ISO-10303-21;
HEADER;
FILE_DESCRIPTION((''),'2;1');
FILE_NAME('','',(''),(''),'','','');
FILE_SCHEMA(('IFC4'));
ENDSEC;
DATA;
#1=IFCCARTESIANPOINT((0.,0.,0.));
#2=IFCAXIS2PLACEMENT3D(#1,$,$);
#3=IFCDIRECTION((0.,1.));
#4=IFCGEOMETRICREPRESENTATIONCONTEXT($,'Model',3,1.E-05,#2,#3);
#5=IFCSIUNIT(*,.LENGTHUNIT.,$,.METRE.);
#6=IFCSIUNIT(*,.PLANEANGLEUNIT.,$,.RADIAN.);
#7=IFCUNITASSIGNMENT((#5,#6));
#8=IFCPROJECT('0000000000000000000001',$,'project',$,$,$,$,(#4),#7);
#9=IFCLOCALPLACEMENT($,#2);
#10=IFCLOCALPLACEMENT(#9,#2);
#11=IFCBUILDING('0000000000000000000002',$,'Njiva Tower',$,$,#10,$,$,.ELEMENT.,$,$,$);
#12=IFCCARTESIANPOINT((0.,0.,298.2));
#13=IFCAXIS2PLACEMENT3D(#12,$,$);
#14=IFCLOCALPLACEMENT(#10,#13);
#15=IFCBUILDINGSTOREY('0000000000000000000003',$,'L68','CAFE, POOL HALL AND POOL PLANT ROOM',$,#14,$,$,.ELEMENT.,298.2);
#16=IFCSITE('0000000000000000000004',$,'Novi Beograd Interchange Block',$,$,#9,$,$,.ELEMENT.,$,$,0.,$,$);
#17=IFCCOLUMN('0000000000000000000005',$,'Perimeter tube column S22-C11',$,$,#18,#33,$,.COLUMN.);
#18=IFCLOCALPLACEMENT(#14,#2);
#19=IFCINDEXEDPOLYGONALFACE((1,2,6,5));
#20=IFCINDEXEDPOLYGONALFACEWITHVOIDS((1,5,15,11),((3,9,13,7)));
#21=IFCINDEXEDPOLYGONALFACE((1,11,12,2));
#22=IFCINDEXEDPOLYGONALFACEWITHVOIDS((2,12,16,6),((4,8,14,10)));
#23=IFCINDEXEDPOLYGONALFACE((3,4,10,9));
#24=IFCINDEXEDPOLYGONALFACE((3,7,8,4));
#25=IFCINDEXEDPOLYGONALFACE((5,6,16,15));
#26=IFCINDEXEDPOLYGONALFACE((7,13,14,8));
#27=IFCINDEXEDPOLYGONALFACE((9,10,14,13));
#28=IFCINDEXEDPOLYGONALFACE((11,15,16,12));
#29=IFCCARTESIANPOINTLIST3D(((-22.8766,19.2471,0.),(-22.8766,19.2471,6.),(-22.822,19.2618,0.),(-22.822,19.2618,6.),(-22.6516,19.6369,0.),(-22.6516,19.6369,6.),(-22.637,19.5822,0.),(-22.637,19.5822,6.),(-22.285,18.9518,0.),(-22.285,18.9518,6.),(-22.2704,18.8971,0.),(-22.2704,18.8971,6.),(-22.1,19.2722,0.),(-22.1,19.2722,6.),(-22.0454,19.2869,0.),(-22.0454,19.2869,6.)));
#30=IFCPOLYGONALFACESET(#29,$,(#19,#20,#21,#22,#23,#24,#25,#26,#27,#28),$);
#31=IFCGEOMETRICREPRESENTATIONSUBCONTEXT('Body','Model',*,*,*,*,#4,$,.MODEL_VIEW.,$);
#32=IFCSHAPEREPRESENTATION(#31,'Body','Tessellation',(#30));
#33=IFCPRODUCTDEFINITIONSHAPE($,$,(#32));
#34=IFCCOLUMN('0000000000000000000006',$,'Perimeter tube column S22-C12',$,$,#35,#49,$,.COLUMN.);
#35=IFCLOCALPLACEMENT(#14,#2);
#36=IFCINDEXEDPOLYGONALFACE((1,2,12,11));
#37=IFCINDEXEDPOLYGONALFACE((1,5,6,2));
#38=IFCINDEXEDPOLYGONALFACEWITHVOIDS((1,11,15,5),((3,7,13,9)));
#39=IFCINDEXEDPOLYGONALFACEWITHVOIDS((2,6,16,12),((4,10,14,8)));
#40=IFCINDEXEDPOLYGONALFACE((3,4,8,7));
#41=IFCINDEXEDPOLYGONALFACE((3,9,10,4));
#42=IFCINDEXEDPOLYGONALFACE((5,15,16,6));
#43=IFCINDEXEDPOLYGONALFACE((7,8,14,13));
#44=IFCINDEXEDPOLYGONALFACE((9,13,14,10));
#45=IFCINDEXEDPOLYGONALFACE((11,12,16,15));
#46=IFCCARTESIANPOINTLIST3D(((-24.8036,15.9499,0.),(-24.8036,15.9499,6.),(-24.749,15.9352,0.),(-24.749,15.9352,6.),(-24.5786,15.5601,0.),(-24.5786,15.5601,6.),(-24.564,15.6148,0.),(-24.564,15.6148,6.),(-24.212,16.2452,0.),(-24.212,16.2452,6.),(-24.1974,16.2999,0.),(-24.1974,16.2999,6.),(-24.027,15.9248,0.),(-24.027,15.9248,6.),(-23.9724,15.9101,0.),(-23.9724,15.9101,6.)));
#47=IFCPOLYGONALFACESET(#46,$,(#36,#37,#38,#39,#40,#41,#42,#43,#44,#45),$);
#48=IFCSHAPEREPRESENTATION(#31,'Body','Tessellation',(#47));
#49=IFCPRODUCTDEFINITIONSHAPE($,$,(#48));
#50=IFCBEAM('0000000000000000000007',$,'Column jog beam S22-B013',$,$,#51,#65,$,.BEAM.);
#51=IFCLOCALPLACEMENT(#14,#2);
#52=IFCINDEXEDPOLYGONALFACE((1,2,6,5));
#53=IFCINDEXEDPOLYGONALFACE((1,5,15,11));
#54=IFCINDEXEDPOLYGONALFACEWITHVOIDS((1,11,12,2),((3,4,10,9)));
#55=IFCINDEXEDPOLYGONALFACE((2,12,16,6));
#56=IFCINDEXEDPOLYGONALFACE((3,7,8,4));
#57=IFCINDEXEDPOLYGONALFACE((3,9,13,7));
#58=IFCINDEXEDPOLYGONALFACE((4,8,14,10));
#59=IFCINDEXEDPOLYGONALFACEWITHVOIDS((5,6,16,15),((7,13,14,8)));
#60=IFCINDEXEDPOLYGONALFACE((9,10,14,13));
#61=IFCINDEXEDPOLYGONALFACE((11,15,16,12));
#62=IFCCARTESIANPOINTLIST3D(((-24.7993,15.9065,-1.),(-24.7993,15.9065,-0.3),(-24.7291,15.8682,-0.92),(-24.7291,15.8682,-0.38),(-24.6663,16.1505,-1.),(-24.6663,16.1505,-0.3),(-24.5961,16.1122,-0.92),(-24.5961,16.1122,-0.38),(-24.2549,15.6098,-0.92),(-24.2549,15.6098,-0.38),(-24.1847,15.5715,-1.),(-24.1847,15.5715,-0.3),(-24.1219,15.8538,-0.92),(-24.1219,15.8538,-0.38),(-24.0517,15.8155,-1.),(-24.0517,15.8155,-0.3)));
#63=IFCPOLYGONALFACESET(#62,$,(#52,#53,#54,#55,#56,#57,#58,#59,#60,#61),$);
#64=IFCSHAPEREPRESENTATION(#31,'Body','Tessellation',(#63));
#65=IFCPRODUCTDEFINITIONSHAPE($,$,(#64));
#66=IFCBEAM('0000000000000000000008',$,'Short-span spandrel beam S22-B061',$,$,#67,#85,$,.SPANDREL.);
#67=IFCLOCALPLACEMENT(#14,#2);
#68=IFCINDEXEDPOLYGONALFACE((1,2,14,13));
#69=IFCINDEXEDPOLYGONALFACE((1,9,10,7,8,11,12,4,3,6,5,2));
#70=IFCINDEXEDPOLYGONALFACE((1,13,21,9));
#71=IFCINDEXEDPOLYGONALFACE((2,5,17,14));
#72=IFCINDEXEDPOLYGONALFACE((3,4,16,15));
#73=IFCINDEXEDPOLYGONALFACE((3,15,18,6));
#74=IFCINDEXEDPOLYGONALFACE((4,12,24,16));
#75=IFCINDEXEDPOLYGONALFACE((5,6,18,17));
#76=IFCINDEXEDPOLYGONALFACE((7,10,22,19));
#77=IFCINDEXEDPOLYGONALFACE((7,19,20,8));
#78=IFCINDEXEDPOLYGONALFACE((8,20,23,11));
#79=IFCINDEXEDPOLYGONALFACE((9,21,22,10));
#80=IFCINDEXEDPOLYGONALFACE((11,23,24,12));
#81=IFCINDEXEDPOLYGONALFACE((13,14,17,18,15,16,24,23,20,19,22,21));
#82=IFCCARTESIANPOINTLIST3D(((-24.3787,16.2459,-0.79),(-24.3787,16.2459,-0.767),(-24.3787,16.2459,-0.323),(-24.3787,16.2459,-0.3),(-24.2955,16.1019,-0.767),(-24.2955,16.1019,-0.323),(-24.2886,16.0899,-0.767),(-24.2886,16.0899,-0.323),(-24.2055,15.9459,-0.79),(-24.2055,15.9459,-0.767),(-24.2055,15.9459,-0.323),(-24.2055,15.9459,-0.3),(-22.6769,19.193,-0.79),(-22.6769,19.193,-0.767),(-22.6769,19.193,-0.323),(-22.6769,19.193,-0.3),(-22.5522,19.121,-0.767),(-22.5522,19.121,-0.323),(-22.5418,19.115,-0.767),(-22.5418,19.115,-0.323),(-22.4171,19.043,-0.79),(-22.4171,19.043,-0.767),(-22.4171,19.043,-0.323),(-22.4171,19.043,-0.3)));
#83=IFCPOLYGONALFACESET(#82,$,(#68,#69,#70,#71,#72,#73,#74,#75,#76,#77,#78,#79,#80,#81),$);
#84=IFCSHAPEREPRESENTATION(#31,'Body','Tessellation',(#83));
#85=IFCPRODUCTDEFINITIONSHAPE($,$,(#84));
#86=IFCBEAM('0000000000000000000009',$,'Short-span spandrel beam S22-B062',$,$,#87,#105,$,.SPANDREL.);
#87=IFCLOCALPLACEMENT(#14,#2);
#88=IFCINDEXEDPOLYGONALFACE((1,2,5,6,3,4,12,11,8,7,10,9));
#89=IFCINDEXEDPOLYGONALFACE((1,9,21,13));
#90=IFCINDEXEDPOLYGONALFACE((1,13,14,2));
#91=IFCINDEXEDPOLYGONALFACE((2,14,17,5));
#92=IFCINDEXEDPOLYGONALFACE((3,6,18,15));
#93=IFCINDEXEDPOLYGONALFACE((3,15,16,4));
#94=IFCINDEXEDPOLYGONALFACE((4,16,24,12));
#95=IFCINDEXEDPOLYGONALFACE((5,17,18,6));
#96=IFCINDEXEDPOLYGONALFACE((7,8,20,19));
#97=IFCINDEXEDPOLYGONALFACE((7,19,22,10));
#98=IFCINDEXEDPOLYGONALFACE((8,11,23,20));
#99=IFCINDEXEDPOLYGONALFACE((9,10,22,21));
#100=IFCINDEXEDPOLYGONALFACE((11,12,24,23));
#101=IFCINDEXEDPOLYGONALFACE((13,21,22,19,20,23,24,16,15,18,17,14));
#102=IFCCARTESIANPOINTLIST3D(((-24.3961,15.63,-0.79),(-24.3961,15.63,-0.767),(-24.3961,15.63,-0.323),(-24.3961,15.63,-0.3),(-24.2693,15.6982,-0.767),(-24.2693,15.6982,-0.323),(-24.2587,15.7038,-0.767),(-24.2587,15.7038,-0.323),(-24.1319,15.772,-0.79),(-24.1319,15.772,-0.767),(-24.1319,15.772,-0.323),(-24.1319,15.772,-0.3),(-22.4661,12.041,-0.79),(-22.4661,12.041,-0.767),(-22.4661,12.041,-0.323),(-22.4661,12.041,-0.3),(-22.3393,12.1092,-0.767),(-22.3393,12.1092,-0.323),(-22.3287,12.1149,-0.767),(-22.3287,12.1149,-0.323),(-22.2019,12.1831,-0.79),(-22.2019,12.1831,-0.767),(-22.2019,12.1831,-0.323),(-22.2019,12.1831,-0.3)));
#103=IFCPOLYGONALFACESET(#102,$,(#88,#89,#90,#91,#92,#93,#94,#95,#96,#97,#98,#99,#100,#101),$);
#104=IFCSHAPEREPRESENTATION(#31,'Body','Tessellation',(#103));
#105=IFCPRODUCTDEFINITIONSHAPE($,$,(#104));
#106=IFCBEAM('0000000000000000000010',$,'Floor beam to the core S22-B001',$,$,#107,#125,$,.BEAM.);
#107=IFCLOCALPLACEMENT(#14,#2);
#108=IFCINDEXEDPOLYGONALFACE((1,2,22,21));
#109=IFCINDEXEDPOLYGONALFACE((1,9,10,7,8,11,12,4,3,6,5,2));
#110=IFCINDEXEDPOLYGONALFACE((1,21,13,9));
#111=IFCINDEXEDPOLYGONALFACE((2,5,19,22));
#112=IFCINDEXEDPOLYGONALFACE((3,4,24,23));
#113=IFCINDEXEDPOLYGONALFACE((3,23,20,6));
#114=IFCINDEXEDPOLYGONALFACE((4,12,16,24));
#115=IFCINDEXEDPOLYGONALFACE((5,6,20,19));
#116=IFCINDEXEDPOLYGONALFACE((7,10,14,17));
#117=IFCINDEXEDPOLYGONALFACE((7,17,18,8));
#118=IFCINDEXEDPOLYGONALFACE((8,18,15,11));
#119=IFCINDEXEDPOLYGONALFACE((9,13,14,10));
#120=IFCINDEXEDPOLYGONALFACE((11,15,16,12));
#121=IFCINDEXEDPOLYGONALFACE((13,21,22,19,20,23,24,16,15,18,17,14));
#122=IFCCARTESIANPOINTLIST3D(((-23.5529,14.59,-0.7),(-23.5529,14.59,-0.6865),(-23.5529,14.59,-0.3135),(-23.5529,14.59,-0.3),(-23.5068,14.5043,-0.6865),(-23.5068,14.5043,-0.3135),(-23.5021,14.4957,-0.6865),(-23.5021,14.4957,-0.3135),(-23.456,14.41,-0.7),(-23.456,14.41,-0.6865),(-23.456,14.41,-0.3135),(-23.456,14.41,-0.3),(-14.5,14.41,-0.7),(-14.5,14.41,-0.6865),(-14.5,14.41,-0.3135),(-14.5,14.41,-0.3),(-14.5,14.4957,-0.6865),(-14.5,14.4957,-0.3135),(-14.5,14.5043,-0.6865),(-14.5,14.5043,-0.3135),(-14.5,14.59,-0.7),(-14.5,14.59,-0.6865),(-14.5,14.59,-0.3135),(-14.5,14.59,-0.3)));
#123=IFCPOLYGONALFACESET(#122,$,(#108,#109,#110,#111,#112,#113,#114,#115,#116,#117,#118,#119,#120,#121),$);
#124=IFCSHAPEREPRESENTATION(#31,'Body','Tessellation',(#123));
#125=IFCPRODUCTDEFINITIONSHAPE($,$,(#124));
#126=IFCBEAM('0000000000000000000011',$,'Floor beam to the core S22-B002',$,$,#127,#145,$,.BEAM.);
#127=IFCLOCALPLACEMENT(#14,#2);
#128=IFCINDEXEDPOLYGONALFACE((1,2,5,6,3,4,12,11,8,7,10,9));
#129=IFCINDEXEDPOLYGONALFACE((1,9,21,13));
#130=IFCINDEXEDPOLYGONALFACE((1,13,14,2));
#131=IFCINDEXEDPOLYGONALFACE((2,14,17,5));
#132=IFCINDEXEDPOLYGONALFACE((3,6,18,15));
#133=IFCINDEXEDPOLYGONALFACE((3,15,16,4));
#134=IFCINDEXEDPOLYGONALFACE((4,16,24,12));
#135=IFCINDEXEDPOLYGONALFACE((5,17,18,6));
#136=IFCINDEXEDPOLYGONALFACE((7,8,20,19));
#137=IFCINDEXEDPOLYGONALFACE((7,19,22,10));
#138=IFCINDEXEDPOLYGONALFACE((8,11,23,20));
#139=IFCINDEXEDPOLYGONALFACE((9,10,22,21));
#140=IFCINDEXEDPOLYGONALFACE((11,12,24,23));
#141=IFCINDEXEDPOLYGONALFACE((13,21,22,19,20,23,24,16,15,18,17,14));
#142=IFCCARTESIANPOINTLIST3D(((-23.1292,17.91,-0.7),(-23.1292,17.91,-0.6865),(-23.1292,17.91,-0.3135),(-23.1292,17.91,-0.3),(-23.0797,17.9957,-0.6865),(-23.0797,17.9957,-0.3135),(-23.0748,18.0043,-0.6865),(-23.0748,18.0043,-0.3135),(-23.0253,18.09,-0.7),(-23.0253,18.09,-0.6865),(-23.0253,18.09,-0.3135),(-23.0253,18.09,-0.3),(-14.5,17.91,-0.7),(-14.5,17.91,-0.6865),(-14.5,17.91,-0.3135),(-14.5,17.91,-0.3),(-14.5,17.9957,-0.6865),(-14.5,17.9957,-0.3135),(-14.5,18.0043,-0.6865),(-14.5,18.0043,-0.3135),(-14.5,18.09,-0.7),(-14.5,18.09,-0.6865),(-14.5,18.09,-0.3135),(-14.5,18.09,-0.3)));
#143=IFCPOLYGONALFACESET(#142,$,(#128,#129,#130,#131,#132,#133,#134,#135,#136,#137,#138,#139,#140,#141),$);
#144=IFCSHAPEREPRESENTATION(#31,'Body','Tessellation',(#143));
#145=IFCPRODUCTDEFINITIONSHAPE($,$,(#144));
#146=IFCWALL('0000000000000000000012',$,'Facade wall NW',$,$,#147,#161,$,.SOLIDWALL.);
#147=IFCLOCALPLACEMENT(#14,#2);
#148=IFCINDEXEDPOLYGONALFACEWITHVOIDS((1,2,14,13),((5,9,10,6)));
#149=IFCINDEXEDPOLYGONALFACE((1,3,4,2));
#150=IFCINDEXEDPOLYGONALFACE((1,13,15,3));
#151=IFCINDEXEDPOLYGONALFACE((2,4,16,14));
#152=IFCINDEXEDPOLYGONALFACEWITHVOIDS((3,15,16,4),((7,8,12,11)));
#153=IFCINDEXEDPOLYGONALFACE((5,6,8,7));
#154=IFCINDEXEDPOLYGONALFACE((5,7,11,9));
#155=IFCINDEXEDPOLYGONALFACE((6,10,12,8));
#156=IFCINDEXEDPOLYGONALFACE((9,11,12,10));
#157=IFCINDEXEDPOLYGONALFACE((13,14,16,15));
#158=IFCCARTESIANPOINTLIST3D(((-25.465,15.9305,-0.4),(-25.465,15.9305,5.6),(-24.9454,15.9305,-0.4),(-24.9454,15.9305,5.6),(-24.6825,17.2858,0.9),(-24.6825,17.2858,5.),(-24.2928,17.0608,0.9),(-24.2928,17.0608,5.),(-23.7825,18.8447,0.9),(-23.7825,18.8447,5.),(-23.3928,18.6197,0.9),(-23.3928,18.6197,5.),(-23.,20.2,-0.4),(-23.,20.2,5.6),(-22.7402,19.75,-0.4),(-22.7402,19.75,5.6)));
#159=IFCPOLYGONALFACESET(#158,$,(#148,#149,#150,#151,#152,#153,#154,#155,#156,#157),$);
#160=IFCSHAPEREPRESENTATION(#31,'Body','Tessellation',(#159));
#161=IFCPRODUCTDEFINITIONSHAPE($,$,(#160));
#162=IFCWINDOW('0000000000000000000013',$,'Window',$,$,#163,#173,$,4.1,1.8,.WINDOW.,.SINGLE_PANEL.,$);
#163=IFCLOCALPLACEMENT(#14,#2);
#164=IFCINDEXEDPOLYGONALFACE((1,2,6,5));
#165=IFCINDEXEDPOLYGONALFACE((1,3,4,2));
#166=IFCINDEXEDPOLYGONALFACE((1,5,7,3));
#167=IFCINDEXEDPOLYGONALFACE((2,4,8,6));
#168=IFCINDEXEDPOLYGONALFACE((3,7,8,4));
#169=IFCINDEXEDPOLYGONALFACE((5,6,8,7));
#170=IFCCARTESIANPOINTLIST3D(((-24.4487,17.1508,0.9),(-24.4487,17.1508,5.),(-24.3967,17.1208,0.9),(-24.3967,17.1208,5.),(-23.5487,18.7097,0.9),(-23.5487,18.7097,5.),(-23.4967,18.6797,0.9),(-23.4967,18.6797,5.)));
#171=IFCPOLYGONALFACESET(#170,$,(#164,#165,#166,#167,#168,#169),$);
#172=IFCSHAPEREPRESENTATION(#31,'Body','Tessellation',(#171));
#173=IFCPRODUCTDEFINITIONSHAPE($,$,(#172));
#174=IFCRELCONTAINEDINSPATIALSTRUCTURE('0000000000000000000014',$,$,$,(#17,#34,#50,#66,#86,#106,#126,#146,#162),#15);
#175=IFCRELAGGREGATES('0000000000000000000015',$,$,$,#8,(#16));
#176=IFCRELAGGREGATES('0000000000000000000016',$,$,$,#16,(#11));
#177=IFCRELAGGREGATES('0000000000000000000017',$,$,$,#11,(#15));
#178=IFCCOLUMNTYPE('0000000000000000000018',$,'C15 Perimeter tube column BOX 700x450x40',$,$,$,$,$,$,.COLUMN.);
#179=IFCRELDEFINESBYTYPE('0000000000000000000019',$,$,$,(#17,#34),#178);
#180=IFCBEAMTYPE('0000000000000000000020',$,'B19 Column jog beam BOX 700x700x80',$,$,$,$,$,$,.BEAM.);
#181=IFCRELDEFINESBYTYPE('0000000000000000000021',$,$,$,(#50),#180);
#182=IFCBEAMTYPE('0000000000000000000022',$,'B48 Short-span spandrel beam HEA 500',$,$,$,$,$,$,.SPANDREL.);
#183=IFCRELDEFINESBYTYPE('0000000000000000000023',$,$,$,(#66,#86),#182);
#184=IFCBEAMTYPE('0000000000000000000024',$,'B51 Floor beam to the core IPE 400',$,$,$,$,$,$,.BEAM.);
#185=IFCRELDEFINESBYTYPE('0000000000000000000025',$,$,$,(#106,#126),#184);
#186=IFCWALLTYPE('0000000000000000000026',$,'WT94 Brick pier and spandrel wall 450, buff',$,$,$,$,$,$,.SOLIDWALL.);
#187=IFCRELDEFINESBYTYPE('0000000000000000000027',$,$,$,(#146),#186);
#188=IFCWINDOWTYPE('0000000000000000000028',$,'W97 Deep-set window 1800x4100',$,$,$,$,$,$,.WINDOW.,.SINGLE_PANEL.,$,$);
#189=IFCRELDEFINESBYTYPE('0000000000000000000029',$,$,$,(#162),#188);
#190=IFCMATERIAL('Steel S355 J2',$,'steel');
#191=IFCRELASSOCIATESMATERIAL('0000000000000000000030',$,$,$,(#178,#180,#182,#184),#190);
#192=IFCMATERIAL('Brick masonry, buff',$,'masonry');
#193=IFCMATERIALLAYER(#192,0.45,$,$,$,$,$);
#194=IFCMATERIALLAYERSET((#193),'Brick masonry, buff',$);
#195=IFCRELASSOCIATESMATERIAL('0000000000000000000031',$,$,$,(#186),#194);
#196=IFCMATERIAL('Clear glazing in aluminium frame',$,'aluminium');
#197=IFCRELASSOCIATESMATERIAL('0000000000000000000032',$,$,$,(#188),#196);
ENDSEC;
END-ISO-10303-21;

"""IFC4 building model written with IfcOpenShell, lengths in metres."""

from ifc_helpers import new_model, si_unit, direction, frame, frame_2d, origin, origin_2d, place, context, subcontext, project, spatial, polyline, rectangle, hollow_rectangle, i_section, outline, extrude, clip, halfspace, material, layer, layer_set, material_profile, profile_set, type_object, element, fill, save


model = new_model("IFC4")

# Units and contexts
model_context = context("Model", 3, precision=1e-05, world=origin(), true_north=direction((0.0, 1.0)))
body_context = subcontext(model_context, "Body", "Model", "MODEL_VIEW")
ifc_project = project(units=[si_unit("LENGTHUNIT", "METRE"), si_unit("PLANEANGLEUNIT", "RADIAN")], contexts=[model_context])

# Site, building, storey
site_placement = place(None, origin())
site = spatial("IfcSite", under=ifc_project, at=site_placement, Name="Novi Beograd Interchange Block", CompositionType="ELEMENT", RefElevation=0.0)
building_placement = place(site_placement, origin())
building = spatial("IfcBuilding", under=site, at=building_placement, Name="Njiva Tower", CompositionType="ELEMENT")
storey_placement = place(building_placement, frame((0.0, 0.0, 298.2)))
storey = spatial("IfcBuildingStorey", under=building, at=storey_placement, Name="L68", Description="CAFE, POOL HALL AND POOL PLANT ROOM", CompositionType="ELEMENT", Elevation=298.2)

# Columns
ifc_material_1 = material(Name="Steel S355 J2", Category="steel")
ifc_material_profile_1 = material_profile(ifc_material_1, hollow_rectangle(XDim=0.45, YDim=0.7, WallThickness=0.04, at=origin_2d()), Name="BOX 700x450x40")
ifc_profile_set_1 = profile_set([ifc_material_profile_1], Name="Steel S355 J2")
column_type = type_object("IfcColumnType", Name="C15 Perimeter tube column BOX 700x450x40", PredefinedType="COLUMN", material=ifc_profile_set_1)
for number, where, z_axis, x_axis, name in (
    (1, (-22.461, 19.267, 0.0), (0.0, 0.0, 1.0), (-0.5, -0.866025, 0.0), "Perimeter tube column S22-C11"),
    (2, (-24.388, 15.93, 0.0), (0.0, 0.0, 1.0), (0.5, -0.866025, 0.0), "Perimeter tube column S22-C12"),
):
    element("IfcColumn", number, at=place(storey_placement, frame(where, z_axis=z_axis, x_axis=x_axis)), inside=storey, type_object=column_type, Name=name, PredefinedType="COLUMN", context=body_context, shape_type="SweptSolid", body=[
        extrude(hollow_rectangle(XDim=0.45, YDim=0.7, WallThickness=0.04, at=origin_2d()), origin(), (0.0, 0.0, 1.0), 6.0),
    ])

# Beams
ifc_material_profile_2 = material_profile(ifc_material_1, hollow_rectangle(XDim=0.7, YDim=0.7, WallThickness=0.08, at=origin_2d()), Name="BOX 700x700x80")
ifc_profile_set_2 = profile_set([ifc_material_profile_2], Name="Steel S355 J2")
beam_type_1 = type_object("IfcBeamType", Name="B19 Column jog beam BOX 700x700x80", PredefinedType="BEAM", material=ifc_profile_set_2)
beam_1_placement = place(storey_placement, frame((-24.492, 15.739, -0.65), z_axis=(0.4786, 0.878033, 0.0), x_axis=(-0.878033, 0.4786, 0.0)))
element("IfcBeam", 3, at=beam_1_placement, inside=storey, type_object=beam_type_1, Name="Column jog beam S22-B013", PredefinedType="BEAM", context=body_context, shape_type="SweptSolid", body=[
    extrude(hollow_rectangle(XDim=0.7, YDim=0.7, WallThickness=0.08, at=origin_2d()), origin(), (0.0, 0.0, 1.0), 0.2779),
])
ifc_material_profile_3 = material_profile(ifc_material_1, i_section(OverallWidth=0.3, OverallDepth=0.49, WebThickness=0.012, FlangeThickness=0.023, at=origin_2d()), Name="HEA 500")
ifc_profile_set_3 = profile_set([ifc_material_profile_3], Name="Steel S355 J2")
beam_type_2 = type_object("IfcBeamType", Name="B48 Short-span spandrel beam HEA 500", PredefinedType="SPANDREL", material=ifc_profile_set_3)
beam_2_placement = place(storey_placement, frame((-22.547, 19.118, -0.545), z_axis=(-0.500053, -0.865995, 0.0), x_axis=(0.865995, -0.500053, 0.0)))
element("IfcBeam", 4, at=beam_2_placement, inside=storey, type_object=beam_type_2, Name="Short-span spandrel beam S22-B061", PredefinedType="SPANDREL", context=body_context, shape_type="Clipping", body=[
    clip(extrude(i_section(OverallWidth=0.3, OverallDepth=0.49, WebThickness=0.012, FlangeThickness=0.023, at=origin_2d()), origin(), (0.0, 0.0, 1.0), 3.5966), halfspace(frame((-0.025, 0.0, 3.4753), z_axis=(-0.499949, 0.0, 0.866055), x_axis=(0.0, 1.0, 0.0)), False)),
])
beam_3_placement = place(storey_placement, frame((-24.264, 15.701, -0.545), z_axis=(0.473617, -0.880731, 0.0), x_axis=(0.880731, 0.473617, 0.0)))
element("IfcBeam", 5, at=beam_3_placement, inside=storey, type_object=beam_type_2, Name="Short-span spandrel beam S22-B062", PredefinedType="SPANDREL", context=body_context, shape_type="SweptSolid", body=[
    extrude(i_section(OverallWidth=0.3, OverallDepth=0.49, WebThickness=0.012, FlangeThickness=0.023, at=origin_2d()), origin(), (0.0, 0.0, 1.0), 4.075),
])
ifc_material_profile_4 = material_profile(ifc_material_1, i_section(OverallWidth=0.18, OverallDepth=0.4, WebThickness=0.0086, FlangeThickness=0.0135, at=origin_2d()), Name="IPE 400")
ifc_profile_set_4 = profile_set([ifc_material_profile_4], Name="Steel S355 J2")
beam_type_3 = type_object("IfcBeamType", Name="B51 Floor beam to the core IPE 400", PredefinedType="BEAM", material=ifc_profile_set_4)
beam_4_placement = place(storey_placement, frame((-23.572, 14.5, -0.5), z_axis=(1.0, 0.0, 0.0), x_axis=(0.0, 1.0, 0.0)))
element("IfcBeam", 6, at=beam_4_placement, inside=storey, type_object=beam_type_3, Name="Floor beam to the core S22-B001", PredefinedType="BEAM", context=body_context, shape_type="Clipping", body=[
    clip(extrude(i_section(OverallWidth=0.18, OverallDepth=0.4, WebThickness=0.0086, FlangeThickness=0.0135, at=origin_2d()), origin(), (0.0, 0.0, 1.0), 9.072), halfspace(frame((-0.0237, 0.0, 0.0803), z_axis=(-0.473769, 0.0, -0.880649), x_axis=(0.0, -1.0, 0.0)), False)),
])
beam_5_placement = place(storey_placement, frame((-23.149, 18.0, -0.5), z_axis=(1.0, 0.0, 0.0), x_axis=(0.0, 1.0, 0.0)))
element("IfcBeam", 7, at=beam_5_placement, inside=storey, type_object=beam_type_3, Name="Floor beam to the core S22-B002", PredefinedType="BEAM", context=body_context, shape_type="Clipping", body=[
    clip(extrude(i_section(OverallWidth=0.18, OverallDepth=0.4, WebThickness=0.0086, FlangeThickness=0.0135, at=origin_2d()), origin(), (0.0, 0.0, 1.0), 8.649), halfspace(frame((0.025, 0.0, 0.0862), z_axis=(0.499998, 0.0, -0.866027), x_axis=(0.0, -1.0, 0.0)), False)),
])

# Shared definitions
ifc_material_2 = material(Name="Clear glazing in aluminium frame", Category="aluminium")

# Wall, opening, window
ifc_material_3 = material(Name="Brick masonry, buff", Category="masonry")
ifc_layer_1 = layer(ifc_material_3, 0.45)
ifc_layer_set_1 = layer_set([ifc_layer_1], Name="Brick masonry, buff")
wall_type_1 = type_object("IfcWallType", Name="WT94 Brick pier and spandrel wall 450, buff", PredefinedType="SOLIDWALL", material=ifc_layer_set_1)
wall_1_placement = place(storey_placement, frame((-22.8701, 19.975, -0.4), z_axis=(0.0, 0.0, 1.0), x_axis=(-0.500001, -0.866025, 0.0)))
wall_1 = element("IfcWall", 8, at=wall_1_placement, inside=storey, type_object=wall_type_1, Name="Facade wall NW", PredefinedType="SOLIDWALL", context=body_context, shape_type="SweptSolid", body=[
    extrude(outline(polyline([(-0.1299, -0.225), (4.8001, -0.225), (4.5403, 0.225), (0.1299, 0.225), (-0.1299, -0.225)])), origin(), (0.0, 0.0, 1.0), 6.0),
])
opening_1_placement = place(wall_1_placement, frame((1.4351, 0.0, 1.3)))
opening_1 = element("IfcOpeningElement", 9, at=opening_1_placement, cuts=wall_1, PredefinedType="OPENING", context=body_context, shape_type="SweptSolid", body=[
    extrude(rectangle(XDim=1.8, YDim=4.1, at=frame_2d((0.9, 2.05))), frame((0.0, 0.235, 0.0), z_axis=(0.0, -1.0, 0.0), x_axis=(1.0, 0.0, 0.0)), (0.0, 0.0, 1.0), 0.47),
])
window_type_1 = type_object("IfcWindowType", Name="W97 Deep-set window 1800x4100", PartitioningType="SINGLE_PANEL", PredefinedType="WINDOW", material=ifc_material_2)
window_1_placement = place(opening_1_placement, origin())
window_1 = element("IfcWindow", 10, at=window_1_placement, inside=storey, type_object=window_type_1, Name="Window", OverallHeight=4.1, OverallWidth=1.8, PartitioningType="SINGLE_PANEL", PredefinedType="WINDOW", context=body_context, shape_type="SweptSolid", body=[
    extrude(rectangle(XDim=1.8, YDim=4.1, at=frame_2d((0.9, 2.05))), frame((0.0, 0.105, 0.0), z_axis=(0.0, -1.0, 0.0), x_axis=(1.0, 0.0, 0.0)), (0.0, 0.0, 1.0), 0.06),
])
fill(opening_1, window_1)

save(model, "model.ifc")
